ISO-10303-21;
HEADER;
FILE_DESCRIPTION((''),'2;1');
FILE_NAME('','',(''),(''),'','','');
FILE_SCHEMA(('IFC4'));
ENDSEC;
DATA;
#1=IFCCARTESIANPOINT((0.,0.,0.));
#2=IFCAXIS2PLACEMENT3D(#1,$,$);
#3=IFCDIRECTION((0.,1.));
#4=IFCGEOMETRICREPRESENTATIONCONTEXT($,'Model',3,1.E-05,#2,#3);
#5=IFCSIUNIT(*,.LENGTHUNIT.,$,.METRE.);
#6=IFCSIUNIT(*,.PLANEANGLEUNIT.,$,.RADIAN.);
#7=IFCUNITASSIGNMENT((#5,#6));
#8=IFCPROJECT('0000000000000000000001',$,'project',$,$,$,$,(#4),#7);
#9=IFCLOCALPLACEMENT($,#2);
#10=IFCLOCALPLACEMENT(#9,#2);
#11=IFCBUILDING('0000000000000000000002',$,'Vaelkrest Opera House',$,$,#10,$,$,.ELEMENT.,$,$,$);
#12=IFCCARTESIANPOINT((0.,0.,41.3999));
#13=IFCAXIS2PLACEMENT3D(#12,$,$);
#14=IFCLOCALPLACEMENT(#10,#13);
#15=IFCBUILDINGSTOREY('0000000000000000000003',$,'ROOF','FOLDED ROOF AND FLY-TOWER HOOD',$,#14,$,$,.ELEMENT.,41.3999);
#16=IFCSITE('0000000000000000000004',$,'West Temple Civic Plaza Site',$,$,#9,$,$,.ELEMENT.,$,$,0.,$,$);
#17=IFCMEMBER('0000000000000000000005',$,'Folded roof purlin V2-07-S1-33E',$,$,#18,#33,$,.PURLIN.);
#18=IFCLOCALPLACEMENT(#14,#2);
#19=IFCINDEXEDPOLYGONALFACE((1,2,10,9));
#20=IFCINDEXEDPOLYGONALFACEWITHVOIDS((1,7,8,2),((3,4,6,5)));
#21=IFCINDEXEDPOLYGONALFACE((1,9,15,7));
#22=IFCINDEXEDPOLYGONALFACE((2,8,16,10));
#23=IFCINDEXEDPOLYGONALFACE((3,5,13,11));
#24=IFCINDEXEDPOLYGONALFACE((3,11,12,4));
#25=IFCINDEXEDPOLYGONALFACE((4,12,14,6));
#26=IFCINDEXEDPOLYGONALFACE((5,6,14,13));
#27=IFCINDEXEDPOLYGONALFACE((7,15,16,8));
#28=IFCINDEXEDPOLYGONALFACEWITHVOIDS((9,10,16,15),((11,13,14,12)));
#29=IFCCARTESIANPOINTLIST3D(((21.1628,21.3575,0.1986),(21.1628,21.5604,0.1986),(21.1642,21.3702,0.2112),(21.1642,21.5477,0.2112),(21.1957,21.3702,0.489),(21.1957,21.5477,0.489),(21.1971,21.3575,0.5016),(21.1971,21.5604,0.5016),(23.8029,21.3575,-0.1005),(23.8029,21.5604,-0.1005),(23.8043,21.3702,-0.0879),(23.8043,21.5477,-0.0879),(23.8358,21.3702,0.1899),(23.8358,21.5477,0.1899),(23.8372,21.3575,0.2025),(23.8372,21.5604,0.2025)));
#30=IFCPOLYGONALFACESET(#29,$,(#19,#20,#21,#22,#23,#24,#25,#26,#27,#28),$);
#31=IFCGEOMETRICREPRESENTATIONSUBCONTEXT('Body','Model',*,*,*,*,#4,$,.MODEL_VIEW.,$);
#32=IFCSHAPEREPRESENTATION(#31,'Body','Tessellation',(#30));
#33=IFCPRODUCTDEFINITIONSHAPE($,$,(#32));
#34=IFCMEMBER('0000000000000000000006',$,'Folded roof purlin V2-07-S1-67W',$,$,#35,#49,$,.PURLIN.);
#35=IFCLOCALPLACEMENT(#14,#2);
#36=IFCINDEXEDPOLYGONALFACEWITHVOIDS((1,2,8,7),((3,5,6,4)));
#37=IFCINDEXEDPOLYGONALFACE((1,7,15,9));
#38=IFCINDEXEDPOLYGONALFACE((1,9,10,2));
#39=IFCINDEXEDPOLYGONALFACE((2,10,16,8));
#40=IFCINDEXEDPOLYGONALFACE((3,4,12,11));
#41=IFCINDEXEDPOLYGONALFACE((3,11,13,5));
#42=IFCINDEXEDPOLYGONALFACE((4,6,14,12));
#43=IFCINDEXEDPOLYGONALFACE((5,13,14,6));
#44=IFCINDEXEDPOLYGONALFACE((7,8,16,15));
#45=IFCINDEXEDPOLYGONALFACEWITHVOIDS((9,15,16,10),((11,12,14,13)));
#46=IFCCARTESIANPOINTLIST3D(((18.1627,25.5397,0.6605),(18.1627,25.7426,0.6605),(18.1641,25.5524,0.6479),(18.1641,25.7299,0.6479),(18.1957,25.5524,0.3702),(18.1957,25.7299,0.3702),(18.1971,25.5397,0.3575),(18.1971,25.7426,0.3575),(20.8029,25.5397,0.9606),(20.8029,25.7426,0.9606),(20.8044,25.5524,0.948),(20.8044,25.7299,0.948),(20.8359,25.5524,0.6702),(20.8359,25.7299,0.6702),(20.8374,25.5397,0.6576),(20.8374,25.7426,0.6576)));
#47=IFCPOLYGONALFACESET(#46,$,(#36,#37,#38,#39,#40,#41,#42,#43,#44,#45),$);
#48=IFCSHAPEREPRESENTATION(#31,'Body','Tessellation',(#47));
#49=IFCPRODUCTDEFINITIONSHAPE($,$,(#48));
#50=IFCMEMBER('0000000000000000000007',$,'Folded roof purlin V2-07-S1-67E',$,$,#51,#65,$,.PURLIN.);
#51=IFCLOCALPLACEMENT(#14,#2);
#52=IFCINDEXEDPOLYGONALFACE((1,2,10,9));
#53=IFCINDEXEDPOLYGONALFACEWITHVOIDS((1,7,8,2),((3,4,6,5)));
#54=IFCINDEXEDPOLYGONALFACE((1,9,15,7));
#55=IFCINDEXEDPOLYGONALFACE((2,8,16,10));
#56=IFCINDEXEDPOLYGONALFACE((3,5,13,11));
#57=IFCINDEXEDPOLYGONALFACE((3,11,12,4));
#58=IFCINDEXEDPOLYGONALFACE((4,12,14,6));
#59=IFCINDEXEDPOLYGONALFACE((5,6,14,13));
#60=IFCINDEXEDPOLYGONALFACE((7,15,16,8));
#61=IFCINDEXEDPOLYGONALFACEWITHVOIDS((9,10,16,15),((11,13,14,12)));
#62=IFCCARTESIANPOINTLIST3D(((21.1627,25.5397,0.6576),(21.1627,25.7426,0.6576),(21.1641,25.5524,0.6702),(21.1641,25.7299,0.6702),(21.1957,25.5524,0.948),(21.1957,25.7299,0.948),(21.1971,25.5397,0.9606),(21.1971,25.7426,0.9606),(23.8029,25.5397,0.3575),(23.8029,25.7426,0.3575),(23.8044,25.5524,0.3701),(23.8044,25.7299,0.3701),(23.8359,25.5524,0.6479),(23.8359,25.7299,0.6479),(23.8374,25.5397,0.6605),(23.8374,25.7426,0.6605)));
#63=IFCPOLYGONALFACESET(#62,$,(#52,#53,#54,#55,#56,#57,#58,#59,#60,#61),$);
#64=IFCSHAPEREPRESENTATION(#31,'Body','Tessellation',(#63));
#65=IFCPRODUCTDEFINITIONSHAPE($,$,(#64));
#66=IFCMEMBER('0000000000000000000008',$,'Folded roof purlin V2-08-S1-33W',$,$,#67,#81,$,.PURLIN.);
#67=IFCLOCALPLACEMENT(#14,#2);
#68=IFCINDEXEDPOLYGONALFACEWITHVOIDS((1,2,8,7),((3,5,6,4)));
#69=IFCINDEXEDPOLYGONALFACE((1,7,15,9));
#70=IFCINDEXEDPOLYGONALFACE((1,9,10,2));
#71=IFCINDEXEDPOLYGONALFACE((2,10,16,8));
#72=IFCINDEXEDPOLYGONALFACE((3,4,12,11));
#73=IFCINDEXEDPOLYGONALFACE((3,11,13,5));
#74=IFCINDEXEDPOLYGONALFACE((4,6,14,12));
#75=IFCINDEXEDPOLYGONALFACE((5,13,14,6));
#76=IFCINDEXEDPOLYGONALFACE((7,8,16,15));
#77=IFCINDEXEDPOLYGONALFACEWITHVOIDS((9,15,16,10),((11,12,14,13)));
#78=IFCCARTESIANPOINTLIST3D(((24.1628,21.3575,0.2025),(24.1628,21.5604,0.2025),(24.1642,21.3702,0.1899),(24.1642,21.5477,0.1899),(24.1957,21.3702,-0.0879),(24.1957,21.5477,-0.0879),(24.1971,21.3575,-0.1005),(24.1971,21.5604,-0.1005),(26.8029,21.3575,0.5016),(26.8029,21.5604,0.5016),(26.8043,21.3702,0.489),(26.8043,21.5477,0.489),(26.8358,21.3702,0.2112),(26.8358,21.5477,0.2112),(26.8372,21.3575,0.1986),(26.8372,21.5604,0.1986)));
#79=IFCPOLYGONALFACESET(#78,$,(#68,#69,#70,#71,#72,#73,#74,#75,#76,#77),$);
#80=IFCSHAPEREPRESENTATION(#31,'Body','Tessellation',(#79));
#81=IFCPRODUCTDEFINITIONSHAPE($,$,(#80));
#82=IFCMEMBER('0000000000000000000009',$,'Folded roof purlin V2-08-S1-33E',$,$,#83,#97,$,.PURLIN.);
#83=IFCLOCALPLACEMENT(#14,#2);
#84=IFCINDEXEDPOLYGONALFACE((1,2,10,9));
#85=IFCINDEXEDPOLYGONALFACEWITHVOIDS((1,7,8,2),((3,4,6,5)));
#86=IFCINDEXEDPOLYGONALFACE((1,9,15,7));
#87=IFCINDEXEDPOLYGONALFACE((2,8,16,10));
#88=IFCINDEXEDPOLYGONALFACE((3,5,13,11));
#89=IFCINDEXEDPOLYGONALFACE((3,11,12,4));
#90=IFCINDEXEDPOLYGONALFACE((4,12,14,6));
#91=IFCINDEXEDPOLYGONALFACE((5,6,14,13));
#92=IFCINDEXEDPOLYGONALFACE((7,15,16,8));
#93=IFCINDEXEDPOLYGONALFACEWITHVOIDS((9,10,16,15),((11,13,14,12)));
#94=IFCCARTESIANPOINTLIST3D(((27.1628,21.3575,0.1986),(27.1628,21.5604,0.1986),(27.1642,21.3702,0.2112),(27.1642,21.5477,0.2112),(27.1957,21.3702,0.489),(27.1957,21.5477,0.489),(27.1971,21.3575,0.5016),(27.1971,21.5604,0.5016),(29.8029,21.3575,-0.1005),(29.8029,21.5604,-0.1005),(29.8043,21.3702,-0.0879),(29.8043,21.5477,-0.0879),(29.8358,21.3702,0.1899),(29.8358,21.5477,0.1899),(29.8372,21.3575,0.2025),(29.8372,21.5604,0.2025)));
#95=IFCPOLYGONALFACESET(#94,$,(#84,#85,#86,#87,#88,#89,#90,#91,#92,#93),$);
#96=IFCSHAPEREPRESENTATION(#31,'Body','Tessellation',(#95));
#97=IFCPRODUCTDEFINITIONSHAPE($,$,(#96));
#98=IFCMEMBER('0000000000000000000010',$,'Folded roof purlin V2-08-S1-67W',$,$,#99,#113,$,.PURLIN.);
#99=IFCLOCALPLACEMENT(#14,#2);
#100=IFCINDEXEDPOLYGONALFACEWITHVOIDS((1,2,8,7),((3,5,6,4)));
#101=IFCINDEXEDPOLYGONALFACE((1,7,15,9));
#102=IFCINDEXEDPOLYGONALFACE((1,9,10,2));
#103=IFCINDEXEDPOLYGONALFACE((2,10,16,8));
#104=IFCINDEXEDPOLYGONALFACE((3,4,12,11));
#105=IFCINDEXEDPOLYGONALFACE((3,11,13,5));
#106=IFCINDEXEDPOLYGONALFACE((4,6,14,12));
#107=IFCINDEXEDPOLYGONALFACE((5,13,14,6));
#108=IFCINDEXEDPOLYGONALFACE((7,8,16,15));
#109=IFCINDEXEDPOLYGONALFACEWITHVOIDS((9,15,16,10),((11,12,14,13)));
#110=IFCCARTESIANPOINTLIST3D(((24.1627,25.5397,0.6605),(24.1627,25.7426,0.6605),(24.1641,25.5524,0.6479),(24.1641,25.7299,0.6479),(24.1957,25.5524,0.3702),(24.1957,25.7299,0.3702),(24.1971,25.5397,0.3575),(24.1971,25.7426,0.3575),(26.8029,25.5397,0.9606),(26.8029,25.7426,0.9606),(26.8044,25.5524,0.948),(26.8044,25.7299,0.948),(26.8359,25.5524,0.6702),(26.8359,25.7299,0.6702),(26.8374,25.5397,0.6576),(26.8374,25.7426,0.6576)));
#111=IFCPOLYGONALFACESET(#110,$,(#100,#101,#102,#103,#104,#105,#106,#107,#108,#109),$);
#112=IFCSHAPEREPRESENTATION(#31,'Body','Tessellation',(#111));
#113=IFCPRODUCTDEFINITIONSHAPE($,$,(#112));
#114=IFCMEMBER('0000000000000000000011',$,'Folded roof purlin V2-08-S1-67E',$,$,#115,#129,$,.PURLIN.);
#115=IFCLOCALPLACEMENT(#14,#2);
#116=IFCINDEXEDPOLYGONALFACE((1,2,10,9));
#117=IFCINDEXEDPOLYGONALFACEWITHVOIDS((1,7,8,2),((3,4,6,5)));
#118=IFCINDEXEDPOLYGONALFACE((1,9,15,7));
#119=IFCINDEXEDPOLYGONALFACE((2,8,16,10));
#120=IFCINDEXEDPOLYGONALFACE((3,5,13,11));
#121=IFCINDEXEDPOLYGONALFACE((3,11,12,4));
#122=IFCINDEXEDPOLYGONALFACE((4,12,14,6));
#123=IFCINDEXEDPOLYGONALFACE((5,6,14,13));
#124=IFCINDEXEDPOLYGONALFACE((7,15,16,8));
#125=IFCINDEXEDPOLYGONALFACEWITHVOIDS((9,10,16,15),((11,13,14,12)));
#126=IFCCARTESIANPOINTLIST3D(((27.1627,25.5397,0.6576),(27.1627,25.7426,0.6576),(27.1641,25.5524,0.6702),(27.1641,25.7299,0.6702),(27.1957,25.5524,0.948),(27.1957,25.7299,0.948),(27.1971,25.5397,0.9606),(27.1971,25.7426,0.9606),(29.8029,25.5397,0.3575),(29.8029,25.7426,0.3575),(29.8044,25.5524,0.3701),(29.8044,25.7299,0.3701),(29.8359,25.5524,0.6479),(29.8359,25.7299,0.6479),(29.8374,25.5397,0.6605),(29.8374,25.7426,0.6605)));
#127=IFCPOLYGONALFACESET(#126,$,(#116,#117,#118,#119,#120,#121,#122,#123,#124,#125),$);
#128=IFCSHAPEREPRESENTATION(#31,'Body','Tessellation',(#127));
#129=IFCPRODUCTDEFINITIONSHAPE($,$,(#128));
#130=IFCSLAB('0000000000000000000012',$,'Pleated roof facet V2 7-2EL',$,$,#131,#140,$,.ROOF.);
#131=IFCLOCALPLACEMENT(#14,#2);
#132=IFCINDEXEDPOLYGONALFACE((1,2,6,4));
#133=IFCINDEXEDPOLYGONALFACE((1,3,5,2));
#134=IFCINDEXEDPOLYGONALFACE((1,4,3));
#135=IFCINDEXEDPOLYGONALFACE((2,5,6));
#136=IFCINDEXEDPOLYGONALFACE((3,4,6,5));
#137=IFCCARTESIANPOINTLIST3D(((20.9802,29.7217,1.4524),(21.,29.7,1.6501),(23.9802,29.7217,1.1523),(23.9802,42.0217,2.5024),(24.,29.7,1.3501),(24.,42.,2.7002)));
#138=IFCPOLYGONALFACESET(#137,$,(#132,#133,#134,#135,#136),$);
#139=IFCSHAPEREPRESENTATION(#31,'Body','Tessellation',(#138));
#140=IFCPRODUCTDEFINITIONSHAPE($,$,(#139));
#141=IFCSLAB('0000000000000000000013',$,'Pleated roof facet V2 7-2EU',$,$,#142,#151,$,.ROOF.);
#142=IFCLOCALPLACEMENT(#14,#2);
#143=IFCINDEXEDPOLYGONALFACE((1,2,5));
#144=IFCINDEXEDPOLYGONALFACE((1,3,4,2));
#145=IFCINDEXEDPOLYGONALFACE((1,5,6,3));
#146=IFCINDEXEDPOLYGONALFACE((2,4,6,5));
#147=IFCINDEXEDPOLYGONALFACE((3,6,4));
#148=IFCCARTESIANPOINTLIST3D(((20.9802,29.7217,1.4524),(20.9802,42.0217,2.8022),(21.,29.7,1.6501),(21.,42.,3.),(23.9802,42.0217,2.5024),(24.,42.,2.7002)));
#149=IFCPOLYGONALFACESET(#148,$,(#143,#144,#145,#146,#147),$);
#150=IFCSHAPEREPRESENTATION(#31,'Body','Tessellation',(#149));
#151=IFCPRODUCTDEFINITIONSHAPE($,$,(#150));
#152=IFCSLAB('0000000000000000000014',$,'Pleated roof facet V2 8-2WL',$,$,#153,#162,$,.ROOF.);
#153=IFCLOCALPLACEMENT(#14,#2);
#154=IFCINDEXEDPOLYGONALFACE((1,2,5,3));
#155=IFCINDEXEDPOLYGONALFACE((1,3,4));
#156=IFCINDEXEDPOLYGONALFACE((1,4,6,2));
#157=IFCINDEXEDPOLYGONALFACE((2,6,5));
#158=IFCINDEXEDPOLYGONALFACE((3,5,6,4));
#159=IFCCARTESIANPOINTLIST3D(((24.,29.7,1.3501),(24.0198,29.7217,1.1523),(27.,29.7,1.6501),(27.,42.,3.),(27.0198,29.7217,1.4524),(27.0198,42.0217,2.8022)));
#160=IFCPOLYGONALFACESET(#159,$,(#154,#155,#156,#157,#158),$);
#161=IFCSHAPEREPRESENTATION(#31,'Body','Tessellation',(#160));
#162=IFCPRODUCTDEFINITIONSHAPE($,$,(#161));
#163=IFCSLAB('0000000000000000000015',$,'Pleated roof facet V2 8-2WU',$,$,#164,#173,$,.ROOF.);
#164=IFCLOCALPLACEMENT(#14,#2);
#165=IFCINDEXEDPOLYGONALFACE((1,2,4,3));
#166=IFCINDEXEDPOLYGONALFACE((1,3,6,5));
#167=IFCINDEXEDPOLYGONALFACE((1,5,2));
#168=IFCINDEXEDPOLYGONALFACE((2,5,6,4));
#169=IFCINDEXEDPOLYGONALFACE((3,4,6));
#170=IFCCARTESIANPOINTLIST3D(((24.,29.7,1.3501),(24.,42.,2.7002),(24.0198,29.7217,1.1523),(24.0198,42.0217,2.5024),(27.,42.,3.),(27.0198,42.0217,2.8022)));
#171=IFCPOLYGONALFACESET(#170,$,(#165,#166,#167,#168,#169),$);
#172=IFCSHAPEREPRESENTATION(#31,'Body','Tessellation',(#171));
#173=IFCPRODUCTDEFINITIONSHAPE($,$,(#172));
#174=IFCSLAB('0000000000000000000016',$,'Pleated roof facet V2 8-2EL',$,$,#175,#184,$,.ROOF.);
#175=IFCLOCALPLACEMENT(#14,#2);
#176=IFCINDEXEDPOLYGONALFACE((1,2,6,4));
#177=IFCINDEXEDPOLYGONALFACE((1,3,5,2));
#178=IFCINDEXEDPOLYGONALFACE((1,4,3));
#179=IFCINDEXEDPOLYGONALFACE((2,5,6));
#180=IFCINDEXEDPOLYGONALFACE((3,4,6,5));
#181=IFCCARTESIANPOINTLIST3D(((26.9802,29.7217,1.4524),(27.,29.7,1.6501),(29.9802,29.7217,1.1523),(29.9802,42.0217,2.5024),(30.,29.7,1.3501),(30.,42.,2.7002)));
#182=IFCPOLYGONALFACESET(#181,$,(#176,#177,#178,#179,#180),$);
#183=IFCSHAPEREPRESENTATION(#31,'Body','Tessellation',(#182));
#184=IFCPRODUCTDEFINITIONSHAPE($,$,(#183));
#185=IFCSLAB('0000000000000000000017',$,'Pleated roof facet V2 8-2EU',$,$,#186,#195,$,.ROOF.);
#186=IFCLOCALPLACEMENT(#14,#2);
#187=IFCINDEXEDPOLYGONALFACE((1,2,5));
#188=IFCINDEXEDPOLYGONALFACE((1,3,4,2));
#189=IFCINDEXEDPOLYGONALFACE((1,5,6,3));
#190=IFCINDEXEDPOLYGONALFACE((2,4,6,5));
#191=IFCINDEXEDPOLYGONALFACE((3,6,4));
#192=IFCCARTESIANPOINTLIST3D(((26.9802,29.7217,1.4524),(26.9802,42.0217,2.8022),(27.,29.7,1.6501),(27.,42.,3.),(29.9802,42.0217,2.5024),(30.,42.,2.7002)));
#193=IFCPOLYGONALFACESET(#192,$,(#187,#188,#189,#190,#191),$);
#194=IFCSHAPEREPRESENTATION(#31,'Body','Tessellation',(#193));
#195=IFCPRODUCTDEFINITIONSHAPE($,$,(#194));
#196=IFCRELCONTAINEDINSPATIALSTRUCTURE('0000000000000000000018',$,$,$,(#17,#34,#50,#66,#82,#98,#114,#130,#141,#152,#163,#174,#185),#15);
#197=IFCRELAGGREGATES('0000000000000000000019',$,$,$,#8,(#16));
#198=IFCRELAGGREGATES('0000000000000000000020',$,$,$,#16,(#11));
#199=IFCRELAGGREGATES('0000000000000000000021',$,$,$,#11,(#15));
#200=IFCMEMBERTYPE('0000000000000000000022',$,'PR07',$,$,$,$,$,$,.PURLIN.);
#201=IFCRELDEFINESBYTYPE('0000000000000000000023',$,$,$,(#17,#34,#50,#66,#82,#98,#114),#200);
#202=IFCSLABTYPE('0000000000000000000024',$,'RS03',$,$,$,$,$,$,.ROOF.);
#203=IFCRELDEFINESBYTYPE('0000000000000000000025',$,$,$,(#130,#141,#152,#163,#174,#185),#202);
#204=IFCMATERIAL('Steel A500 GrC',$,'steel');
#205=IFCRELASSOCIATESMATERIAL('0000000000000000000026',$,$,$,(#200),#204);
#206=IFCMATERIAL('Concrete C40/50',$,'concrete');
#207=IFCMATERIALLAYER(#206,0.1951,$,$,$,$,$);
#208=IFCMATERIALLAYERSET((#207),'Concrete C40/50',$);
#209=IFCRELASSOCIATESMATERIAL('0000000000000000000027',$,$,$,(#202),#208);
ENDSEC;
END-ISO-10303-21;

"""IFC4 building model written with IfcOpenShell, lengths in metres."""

from ifc_helpers import new_model, si_unit, direction, frame, origin, origin_2d, place, context, subcontext, project, spatial, polyline, hollow_rectangle, outline, extrude, material, layer, layer_set, material_profile, profile_set, type_object, element, save


model = new_model("IFC4")

# Units and contexts
model_context = context("Model", 3, precision=1e-05, world=origin(), true_north=direction((0.0, 1.0)))
body_context = subcontext(model_context, "Body", "Model", "MODEL_VIEW")
ifc_project = project(units=[si_unit("LENGTHUNIT", "METRE"), si_unit("PLANEANGLEUNIT", "RADIAN")], contexts=[model_context])

# Site, building, storey
site_placement = place(None, origin())
site = spatial("IfcSite", under=ifc_project, at=site_placement, Name="West Temple Civic Plaza Site", CompositionType="ELEMENT", RefElevation=0.0)
building_placement = place(site_placement, origin())
building = spatial("IfcBuilding", under=site, at=building_placement, Name="Vaelkrest Opera House", CompositionType="ELEMENT")
storey_placement = place(building_placement, frame((0.0, 0.0, 41.3999)))
storey = spatial("IfcBuildingStorey", under=building, at=storey_placement, Name="ROOF", Description="FOLDED ROOF AND FLY-TOWER HOOD", CompositionType="ELEMENT", Elevation=41.3999)

# Members
ifc_material_1 = material(Name="Steel A500 GrC", Category="steel")
ifc_material_profile = material_profile(ifc_material_1, hollow_rectangle(XDim=0.2029, YDim=0.3049, WallThickness=0.0127, at=origin_2d()), Name="HSS305X203X12.7")
ifc_profile_set = profile_set([ifc_material_profile], Name="Steel A500 GrC")
member_type = type_object("IfcMemberType", Name="PR07", PredefinedType="PURLIN", material=ifc_profile_set)
member_placement = place(storey_placement, frame((21.1799, 21.459, 0.3501), z_axis=(0.993645, 0.0, -0.112559), x_axis=(0.0, 1.0, 0.0)))
element("IfcMember", 1, at=member_placement, inside=storey, type_object=member_type, Name="Folded roof purlin V2-07-S1-33E", PredefinedType="PURLIN", context=body_context, shape_type="SweptSolid", body=[
    extrude(hollow_rectangle(XDim=0.2029, YDim=0.3049, WallThickness=0.0127, at=origin_2d()), origin(), (0.0, 0.0, 1.0), 2.657),
])
for number, where, z_axis, x_axis, name in (
    (2, (18.1799, 25.6411, 0.509), (0.993604, 0.0, 0.112922), (0.0, 1.0, 0.0), "Folded roof purlin V2-07-S1-67W"),
    (3, (21.1799, 25.6411, 0.8091), (0.993604, 0.0, -0.112922), (0.0, 1.0, 0.0), "Folded roof purlin V2-07-S1-67E"),
):
    element("IfcMember", number, at=place(storey_placement, frame(where, z_axis=z_axis, x_axis=x_axis)), inside=storey, type_object=member_type, Name=name, PredefinedType="PURLIN", context=body_context, shape_type="SweptSolid", body=[
        extrude(hollow_rectangle(XDim=0.2029, YDim=0.3049, WallThickness=0.0127, at=origin_2d()), origin(), (0.0, 0.0, 1.0), 2.6572),
    ])
for number, where, z_axis, x_axis, name in (
    (4, (24.1799, 21.459, 0.051), (0.993645, 0.0, 0.112559), (0.0, 1.0, 0.0), "Folded roof purlin V2-08-S1-33W"),
    (5, (27.1799, 21.459, 0.3501), (0.993645, 0.0, -0.112559), (0.0, 1.0, 0.0), "Folded roof purlin V2-08-S1-33E"),
):
    element("IfcMember", number, at=place(storey_placement, frame(where, z_axis=z_axis, x_axis=x_axis)), inside=storey, type_object=member_type, Name=name, PredefinedType="PURLIN", context=body_context, shape_type="SweptSolid", body=[
        extrude(hollow_rectangle(XDim=0.2029, YDim=0.3049, WallThickness=0.0127, at=origin_2d()), origin(), (0.0, 0.0, 1.0), 2.657),
    ])
for number, where, z_axis, x_axis, name in (
    (6, (24.1799, 25.6411, 0.509), (0.993604, 0.0, 0.112922), (0.0, 1.0, 0.0), "Folded roof purlin V2-08-S1-67W"),
    (7, (27.1799, 25.6411, 0.8091), (0.993604, 0.0, -0.112922), (0.0, 1.0, 0.0), "Folded roof purlin V2-08-S1-67E"),
):
    element("IfcMember", number, at=place(storey_placement, frame(where, z_axis=z_axis, x_axis=x_axis)), inside=storey, type_object=member_type, Name=name, PredefinedType="PURLIN", context=body_context, shape_type="SweptSolid", body=[
        extrude(hollow_rectangle(XDim=0.2029, YDim=0.3049, WallThickness=0.0127, at=origin_2d()), origin(), (0.0, 0.0, 1.0), 2.6572),
    ])

# Slabs
ifc_material_2 = material(Name="Concrete C40/50", Category="concrete")
ifc_layer_1 = layer(ifc_material_2, 0.1951)
ifc_layer_set_1 = layer_set([ifc_layer_1], Name="Concrete C40/50")
slab_type = type_object("IfcSlabType", Name="RS03", PredefinedType="ROOF", material=ifc_layer_set_1)
slab_1_placement = place(storey_placement, frame((21.0, 29.7, 1.6501), z_axis=(0.098931, -0.108573, 0.989153), x_axis=(0.995036, 0.0, -0.09952)))
element("IfcSlab", 8, at=slab_1_placement, inside=storey, type_object=slab_type, Name="Pleated roof facet V2 7-2EL", PredefinedType="ROOF", context=body_context, shape_type="SweptSolid", body=[
    extrude(outline(polyline([(0.0, 0.0), (3.015, 0.0), (2.8806, 12.3732), (0.0, 0.0)])), origin(), (0.0, 0.0, -1.0), 0.2),
])
slab_2_placement = place(storey_placement, frame((21.0, 29.7, 1.6501), z_axis=(0.098852, -0.108555, 0.989163), x_axis=(0.236144, 0.968196, 0.082654)))
element("IfcSlab", 9, at=slab_2_placement, inside=storey, type_object=slab_type, Name="Pleated roof facet V2 7-2EU", PredefinedType="ROOF", context=body_context, shape_type="SweptSolid", body=[
    extrude(outline(polyline([(0.0, 0.0), (12.7041, 0.0), (12.0204, 2.9364), (0.0, 0.0)])), origin(), (0.0, 0.0, -1.0), 0.2),
])
slab_3_placement = place(storey_placement, frame((24.0, 29.7, 1.3501), z_axis=(-0.098932, -0.108554, 0.989156), x_axis=(0.995036, 0.0, 0.09952)))
element("IfcSlab", 10, at=slab_3_placement, inside=storey, type_object=slab_type, Name="Pleated roof facet V2 8-2WL", PredefinedType="ROOF", context=body_context, shape_type="SweptSolid", body=[
    extrude(outline(polyline([(0.0, 0.0), (3.015, 0.0), (3.1493, 12.3732), (0.0, 0.0)])), origin(), (0.0, 0.0, -1.0), 0.2),
])
slab_4_placement = place(storey_placement, frame((24.0, 29.7, 1.3501), z_axis=(-0.098852, -0.108574, 0.989161), x_axis=(0.234968, 0.963375, 0.129225)))
element("IfcSlab", 11, at=slab_4_placement, inside=storey, type_object=slab_type, Name="Pleated roof facet V2 8-2WU", PredefinedType="ROOF", context=body_context, shape_type="SweptSolid", body=[
    extrude(outline(polyline([(0.0, 0.0), (12.7677, 0.0), (12.024, 2.9218), (0.0, 0.0)])), origin(), (0.0, 0.0, -1.0), 0.2),
])
slab_5_placement = place(storey_placement, frame((27.0, 29.7, 1.6501), z_axis=(0.098931, -0.108573, 0.989153), x_axis=(0.995036, 0.0, -0.09952)))
element("IfcSlab", 12, at=slab_5_placement, inside=storey, type_object=slab_type, Name="Pleated roof facet V2 8-2EL", PredefinedType="ROOF", context=body_context, shape_type="SweptSolid", body=[
    extrude(outline(polyline([(0.0, 0.0), (3.015, 0.0), (2.8806, 12.3732), (0.0, 0.0)])), origin(), (0.0, 0.0, -1.0), 0.2),
])
slab_6_placement = place(storey_placement, frame((27.0, 29.7, 1.6501), z_axis=(0.098852, -0.108555, 0.989163), x_axis=(0.236144, 0.968196, 0.082654)))
element("IfcSlab", 13, at=slab_6_placement, inside=storey, type_object=slab_type, Name="Pleated roof facet V2 8-2EU", PredefinedType="ROOF", context=body_context, shape_type="SweptSolid", body=[
    extrude(outline(polyline([(0.0, 0.0), (12.7041, 0.0), (12.0204, 2.9364), (0.0, 0.0)])), origin(), (0.0, 0.0, -1.0), 0.2),
])

save(model, "model.ifc")
